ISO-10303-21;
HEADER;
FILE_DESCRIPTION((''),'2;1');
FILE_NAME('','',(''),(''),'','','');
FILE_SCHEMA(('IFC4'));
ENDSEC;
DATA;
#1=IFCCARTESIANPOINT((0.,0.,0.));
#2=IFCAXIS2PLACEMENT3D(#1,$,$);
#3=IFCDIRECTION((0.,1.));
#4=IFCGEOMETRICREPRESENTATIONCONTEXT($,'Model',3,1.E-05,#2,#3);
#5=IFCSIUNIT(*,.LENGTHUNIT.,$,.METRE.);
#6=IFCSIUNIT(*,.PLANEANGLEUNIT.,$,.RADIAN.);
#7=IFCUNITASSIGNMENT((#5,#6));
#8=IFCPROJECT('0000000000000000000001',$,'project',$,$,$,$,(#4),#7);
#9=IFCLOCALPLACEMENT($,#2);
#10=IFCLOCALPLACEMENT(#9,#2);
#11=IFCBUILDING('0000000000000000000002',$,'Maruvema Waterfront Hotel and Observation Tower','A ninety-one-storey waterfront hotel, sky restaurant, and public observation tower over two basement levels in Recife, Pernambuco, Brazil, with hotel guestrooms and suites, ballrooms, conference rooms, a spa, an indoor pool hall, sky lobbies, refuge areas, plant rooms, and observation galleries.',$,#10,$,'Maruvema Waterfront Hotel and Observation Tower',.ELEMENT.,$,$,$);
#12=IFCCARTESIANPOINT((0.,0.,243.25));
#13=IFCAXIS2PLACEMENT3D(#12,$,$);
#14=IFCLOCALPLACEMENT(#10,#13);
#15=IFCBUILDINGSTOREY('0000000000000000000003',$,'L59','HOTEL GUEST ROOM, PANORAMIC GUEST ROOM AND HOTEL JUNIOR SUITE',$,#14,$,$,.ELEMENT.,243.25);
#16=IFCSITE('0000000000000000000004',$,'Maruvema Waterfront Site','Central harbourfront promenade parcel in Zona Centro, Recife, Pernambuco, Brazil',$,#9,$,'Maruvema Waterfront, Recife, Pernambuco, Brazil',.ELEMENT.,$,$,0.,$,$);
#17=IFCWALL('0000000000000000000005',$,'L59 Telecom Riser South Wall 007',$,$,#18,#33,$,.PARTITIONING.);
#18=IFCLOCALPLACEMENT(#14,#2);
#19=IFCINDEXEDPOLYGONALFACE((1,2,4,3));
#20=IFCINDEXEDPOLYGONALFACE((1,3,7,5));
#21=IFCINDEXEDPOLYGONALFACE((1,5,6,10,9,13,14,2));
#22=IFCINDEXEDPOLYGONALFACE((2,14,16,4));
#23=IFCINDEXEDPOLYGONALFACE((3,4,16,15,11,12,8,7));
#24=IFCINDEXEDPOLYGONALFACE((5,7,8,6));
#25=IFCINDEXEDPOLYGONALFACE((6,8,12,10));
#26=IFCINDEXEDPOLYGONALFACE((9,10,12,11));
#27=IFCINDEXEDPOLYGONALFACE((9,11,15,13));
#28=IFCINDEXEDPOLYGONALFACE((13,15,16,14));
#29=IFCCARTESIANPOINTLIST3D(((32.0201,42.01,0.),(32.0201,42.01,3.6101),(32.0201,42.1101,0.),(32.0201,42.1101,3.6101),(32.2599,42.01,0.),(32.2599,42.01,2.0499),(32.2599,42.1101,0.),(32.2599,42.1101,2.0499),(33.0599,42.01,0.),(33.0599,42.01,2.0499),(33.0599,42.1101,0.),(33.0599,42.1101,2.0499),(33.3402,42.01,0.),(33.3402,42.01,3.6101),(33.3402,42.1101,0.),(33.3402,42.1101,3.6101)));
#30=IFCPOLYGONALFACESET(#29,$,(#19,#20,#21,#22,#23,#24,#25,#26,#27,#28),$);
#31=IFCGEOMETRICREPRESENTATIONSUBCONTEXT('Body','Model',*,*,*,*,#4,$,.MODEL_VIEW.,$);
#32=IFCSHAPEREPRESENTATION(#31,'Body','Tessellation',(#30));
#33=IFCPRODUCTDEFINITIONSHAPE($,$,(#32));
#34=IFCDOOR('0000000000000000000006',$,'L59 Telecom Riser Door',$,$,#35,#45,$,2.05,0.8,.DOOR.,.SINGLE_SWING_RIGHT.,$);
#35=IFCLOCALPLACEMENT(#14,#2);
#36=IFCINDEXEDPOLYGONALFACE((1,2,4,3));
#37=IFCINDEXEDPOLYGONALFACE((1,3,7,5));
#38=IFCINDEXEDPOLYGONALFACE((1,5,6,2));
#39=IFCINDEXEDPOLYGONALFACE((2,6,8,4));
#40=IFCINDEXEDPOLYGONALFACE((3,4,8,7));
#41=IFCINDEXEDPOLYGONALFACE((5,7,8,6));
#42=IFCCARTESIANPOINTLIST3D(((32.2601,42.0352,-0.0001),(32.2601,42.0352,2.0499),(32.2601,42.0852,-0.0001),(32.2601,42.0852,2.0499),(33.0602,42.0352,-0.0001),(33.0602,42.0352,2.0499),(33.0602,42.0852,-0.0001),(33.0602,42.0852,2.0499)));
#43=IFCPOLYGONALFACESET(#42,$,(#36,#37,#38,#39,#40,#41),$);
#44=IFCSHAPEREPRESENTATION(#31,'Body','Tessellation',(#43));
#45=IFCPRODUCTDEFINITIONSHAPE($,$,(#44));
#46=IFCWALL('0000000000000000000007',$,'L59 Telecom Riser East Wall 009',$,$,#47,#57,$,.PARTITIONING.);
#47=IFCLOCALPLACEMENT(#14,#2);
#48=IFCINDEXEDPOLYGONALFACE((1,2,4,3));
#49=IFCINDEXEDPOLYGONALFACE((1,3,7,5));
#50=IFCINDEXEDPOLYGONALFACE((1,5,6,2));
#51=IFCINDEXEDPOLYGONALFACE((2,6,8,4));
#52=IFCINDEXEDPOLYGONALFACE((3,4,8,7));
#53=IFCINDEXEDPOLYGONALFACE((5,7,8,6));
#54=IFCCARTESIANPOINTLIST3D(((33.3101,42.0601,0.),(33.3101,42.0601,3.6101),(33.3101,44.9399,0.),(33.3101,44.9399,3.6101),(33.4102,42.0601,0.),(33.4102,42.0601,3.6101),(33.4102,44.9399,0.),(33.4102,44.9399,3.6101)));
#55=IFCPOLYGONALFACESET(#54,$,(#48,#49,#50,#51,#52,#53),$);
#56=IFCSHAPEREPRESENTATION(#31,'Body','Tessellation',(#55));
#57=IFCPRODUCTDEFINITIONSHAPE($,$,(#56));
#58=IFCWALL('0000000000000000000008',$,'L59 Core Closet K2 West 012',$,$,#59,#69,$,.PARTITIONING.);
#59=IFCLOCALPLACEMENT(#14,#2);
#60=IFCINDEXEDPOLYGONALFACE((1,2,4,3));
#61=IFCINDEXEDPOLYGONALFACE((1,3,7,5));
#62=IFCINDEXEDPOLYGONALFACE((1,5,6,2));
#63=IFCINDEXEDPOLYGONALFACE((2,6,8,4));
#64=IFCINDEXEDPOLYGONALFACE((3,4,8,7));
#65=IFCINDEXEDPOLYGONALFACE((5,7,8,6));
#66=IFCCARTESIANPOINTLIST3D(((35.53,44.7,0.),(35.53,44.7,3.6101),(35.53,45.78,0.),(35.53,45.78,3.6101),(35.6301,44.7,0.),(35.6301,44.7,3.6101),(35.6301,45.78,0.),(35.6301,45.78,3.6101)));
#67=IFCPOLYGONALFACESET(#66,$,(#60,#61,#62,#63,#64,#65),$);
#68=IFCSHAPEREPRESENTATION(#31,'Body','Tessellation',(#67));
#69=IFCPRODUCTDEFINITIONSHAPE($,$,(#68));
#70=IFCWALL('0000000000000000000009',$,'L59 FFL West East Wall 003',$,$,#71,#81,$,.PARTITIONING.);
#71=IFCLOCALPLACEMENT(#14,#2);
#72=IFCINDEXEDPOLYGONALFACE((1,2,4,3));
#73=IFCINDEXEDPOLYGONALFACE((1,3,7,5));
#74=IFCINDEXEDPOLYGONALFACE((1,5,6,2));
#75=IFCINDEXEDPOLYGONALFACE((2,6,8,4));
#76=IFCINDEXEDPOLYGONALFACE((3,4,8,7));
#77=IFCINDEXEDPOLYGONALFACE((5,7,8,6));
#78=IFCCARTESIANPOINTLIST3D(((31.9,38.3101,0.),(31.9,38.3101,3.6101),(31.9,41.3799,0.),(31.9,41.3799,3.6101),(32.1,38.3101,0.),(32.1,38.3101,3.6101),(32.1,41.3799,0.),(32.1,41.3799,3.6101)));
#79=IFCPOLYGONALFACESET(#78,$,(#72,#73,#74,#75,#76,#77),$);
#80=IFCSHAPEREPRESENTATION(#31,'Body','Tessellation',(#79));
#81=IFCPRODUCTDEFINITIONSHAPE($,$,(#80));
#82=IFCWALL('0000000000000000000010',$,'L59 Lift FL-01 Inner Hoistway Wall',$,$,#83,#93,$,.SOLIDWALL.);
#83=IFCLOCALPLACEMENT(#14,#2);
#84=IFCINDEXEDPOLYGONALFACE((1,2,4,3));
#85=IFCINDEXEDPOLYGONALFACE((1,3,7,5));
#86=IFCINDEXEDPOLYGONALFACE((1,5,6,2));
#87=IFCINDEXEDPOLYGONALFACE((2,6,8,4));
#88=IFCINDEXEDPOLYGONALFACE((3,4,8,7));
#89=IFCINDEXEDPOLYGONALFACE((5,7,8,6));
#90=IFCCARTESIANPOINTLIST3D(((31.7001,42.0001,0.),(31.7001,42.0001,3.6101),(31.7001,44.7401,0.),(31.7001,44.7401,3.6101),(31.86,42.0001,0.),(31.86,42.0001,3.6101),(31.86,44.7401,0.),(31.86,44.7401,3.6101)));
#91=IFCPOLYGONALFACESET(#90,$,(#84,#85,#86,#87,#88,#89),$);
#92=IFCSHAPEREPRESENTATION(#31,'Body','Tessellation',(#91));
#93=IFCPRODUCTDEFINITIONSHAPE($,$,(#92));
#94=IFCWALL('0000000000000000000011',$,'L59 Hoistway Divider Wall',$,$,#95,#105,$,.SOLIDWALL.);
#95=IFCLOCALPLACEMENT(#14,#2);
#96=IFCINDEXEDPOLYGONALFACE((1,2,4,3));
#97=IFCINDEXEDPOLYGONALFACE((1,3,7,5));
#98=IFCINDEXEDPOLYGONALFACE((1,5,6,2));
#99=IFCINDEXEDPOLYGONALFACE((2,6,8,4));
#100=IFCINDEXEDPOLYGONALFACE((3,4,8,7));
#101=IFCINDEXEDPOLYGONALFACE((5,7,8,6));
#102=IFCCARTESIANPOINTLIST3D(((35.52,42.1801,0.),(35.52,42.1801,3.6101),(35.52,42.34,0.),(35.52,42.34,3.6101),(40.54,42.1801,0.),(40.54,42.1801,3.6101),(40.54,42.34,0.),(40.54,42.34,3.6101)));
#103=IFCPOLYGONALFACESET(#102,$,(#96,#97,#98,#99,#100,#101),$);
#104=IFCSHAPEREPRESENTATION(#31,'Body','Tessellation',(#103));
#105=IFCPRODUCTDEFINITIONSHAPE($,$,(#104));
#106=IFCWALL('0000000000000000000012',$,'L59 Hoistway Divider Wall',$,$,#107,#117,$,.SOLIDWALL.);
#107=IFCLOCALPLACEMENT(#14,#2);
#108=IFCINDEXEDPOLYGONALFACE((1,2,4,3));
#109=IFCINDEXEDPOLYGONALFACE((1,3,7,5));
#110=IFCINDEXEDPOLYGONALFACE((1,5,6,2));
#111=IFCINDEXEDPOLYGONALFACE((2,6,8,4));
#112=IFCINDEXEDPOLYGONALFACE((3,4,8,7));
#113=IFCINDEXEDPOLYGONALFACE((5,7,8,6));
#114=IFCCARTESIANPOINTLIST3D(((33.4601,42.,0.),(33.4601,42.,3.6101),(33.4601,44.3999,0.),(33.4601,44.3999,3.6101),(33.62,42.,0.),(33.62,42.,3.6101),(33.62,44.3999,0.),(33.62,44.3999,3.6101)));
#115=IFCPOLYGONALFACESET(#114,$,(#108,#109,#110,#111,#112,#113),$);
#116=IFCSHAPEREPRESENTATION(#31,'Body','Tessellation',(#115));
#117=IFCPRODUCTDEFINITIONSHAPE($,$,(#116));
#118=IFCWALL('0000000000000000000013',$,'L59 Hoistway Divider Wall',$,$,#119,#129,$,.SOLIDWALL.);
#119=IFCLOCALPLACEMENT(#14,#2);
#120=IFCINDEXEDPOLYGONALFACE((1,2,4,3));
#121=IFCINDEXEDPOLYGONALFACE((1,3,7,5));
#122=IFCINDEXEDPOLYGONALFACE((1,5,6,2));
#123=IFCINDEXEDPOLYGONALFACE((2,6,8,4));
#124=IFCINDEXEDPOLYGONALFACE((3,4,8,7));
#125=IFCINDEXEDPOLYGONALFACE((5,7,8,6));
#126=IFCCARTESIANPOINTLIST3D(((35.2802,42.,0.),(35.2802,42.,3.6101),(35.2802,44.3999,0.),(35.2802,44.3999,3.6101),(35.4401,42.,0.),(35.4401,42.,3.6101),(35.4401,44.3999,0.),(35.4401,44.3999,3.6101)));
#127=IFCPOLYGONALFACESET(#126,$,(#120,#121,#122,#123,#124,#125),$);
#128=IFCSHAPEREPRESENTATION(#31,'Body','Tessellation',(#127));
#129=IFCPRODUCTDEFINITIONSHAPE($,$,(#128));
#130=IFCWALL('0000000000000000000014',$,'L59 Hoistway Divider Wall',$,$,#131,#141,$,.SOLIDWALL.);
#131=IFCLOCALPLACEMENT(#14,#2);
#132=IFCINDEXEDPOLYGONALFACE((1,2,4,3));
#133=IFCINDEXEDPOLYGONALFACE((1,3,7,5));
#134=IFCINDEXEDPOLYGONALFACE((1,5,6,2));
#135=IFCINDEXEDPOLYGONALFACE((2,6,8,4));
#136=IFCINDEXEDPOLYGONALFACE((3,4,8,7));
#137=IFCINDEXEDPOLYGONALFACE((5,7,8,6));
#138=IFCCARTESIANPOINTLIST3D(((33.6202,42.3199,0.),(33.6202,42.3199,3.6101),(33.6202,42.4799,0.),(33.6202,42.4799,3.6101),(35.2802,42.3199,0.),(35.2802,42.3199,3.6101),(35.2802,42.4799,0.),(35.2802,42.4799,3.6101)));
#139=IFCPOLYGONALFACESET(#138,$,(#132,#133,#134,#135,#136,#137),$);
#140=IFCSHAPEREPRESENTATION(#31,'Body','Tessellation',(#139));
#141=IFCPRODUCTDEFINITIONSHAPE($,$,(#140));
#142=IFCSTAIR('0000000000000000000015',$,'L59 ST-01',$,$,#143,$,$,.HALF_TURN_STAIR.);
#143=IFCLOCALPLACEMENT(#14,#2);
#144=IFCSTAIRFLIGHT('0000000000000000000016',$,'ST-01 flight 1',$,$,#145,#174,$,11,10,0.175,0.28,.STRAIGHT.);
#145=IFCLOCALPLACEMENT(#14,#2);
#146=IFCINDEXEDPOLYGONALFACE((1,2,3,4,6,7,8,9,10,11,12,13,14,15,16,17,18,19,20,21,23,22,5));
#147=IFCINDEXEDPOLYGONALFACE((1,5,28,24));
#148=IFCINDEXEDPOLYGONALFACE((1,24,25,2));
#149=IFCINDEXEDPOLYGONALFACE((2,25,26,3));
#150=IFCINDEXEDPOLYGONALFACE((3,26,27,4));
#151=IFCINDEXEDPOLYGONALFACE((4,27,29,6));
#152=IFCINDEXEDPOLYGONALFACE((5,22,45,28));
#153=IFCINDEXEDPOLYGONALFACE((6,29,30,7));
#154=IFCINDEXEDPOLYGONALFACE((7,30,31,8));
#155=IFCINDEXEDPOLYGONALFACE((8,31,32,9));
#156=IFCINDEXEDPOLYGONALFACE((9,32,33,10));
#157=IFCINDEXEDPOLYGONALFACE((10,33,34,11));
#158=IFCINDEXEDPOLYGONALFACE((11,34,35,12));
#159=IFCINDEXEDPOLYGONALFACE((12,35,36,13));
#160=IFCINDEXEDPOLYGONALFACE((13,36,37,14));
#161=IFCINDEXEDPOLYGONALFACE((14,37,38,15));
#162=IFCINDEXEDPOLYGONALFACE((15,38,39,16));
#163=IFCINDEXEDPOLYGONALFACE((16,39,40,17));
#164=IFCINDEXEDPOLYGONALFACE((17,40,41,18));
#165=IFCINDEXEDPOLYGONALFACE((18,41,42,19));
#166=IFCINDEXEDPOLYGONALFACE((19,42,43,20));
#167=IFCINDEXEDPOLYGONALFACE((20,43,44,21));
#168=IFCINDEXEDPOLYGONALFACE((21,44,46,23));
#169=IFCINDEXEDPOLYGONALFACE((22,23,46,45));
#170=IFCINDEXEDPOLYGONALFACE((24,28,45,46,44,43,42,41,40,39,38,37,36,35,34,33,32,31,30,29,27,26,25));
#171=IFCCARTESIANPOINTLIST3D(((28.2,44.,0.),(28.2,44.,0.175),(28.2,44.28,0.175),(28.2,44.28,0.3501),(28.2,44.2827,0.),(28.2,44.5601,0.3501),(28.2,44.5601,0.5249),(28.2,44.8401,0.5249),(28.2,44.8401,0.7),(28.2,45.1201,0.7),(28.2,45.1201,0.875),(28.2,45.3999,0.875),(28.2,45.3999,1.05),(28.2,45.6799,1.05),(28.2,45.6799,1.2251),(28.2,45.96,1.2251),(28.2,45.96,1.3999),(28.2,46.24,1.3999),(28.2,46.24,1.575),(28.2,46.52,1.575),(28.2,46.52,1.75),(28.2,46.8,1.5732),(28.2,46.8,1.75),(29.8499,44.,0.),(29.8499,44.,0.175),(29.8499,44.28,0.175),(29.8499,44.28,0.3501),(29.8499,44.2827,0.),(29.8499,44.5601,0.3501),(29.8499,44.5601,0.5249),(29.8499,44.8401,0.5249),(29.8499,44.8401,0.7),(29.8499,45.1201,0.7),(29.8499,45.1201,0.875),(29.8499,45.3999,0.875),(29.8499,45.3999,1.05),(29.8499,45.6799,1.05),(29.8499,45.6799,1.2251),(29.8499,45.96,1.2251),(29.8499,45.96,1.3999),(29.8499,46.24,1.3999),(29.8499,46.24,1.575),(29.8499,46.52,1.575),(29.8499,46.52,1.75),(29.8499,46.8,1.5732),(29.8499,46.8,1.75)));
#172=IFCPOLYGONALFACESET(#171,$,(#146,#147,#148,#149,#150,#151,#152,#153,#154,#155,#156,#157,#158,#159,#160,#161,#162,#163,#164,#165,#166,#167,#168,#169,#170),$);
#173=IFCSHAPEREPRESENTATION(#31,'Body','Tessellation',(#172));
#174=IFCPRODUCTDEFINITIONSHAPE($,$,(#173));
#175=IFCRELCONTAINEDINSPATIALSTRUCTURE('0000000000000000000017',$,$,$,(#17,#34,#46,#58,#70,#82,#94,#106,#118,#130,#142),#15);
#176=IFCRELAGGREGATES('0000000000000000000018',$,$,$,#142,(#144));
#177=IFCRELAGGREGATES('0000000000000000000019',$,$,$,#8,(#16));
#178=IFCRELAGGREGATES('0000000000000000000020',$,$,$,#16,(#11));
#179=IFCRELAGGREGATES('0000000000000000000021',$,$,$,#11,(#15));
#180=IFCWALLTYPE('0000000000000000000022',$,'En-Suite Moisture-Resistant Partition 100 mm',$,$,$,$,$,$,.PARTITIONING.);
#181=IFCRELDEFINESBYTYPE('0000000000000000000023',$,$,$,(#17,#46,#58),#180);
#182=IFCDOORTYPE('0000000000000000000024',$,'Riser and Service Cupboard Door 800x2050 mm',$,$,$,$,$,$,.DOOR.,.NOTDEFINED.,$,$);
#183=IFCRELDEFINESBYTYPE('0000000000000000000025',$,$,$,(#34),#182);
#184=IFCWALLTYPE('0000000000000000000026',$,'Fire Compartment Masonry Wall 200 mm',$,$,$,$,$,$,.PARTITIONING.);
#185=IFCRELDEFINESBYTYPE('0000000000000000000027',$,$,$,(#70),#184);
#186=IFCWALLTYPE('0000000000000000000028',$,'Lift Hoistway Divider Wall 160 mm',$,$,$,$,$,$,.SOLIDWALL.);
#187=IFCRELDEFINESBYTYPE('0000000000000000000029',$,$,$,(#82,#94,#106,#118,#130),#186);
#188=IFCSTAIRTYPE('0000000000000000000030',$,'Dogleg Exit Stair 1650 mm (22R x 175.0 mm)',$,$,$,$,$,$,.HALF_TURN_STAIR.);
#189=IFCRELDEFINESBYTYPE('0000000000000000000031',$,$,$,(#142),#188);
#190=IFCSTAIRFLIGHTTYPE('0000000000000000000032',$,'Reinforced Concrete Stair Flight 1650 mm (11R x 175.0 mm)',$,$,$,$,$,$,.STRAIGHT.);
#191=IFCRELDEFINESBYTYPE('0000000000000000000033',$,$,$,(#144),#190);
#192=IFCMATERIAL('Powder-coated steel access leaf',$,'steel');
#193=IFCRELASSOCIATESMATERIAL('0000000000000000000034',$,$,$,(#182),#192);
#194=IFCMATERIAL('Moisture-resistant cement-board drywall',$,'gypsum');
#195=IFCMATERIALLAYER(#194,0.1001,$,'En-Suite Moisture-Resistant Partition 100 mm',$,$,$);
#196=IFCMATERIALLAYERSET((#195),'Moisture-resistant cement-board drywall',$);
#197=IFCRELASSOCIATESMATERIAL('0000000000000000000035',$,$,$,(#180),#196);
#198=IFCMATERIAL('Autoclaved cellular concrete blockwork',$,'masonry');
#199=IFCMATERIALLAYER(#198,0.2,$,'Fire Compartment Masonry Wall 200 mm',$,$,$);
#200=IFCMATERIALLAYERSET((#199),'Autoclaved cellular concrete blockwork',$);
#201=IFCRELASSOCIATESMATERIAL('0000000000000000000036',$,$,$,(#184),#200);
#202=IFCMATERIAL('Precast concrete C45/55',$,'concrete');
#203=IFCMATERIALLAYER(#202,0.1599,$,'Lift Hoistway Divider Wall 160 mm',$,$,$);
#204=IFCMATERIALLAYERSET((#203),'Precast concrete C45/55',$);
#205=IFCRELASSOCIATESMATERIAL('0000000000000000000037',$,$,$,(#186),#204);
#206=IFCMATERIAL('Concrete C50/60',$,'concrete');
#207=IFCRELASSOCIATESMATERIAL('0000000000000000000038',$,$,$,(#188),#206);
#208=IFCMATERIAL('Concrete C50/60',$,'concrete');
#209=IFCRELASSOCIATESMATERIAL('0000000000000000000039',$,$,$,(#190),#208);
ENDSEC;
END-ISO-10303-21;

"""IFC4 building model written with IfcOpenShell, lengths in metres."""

from ifc_helpers import new_model, si_unit, direction, frame, frame_2d, origin, place, context, subcontext, project, spatial, polyline, rectangle, outline, extrude, material, layer, layer_set, type_object, element, fill, aggregate, save


model = new_model("IFC4")

# Units and contexts
model_context = context("Model", 3, precision=1e-05, world=origin(), true_north=direction((0.0, 1.0)))
body_context = subcontext(model_context, "Body", "Model", "MODEL_VIEW")
ifc_project = project(units=[si_unit("LENGTHUNIT", "METRE"), si_unit("PLANEANGLEUNIT", "RADIAN")], contexts=[model_context])

# Site, building, storey
site_placement = place(None, origin())
site = spatial("IfcSite", under=ifc_project, at=site_placement, Name="Maruvema Waterfront Site", Description="Central harbourfront promenade parcel in Zona Centro, Recife, Pernambuco, Brazil", LongName="Maruvema Waterfront, Recife, Pernambuco, Brazil", CompositionType="ELEMENT", RefElevation=0.0)
building_placement = place(site_placement, origin())
building = spatial("IfcBuilding", under=site, at=building_placement, Name="Maruvema Waterfront Hotel and Observation Tower", Description="A ninety-one-storey waterfront hotel, sky restaurant, and public observation tower over two basement levels in Recife, Pernambuco, Brazil, with hotel guestrooms and suites, ballrooms, conference rooms, a spa, an indoor pool hall, sky lobbies, refuge areas, plant rooms, and observation galleries.", LongName="Maruvema Waterfront Hotel and Observation Tower", CompositionType="ELEMENT")
storey_placement = place(building_placement, frame((0.0, 0.0, 243.25)))
storey = spatial("IfcBuildingStorey", under=building, at=storey_placement, Name="L59", Description="HOTEL GUEST ROOM, PANORAMIC GUEST ROOM AND HOTEL JUNIOR SUITE", CompositionType="ELEMENT", Elevation=243.25)

# Shared definitions
ifc_material_1 = material(Name="Powder-coated steel access leaf", Category="steel")
door_type_1 = type_object("IfcDoorType", Name="Riser and Service Cupboard Door 800x2050 mm", OperationType="NOTDEFINED", PredefinedType="DOOR", material=ifc_material_1)

# Wall, opening, door
ifc_material_2 = material(Name="Moisture-resistant cement-board drywall", Category="gypsum")
ifc_layer_1 = layer(ifc_material_2, 0.1001, Name="En-Suite Moisture-Resistant Partition 100 mm")
ifc_layer_set_1 = layer_set([ifc_layer_1], Name="Moisture-resistant cement-board drywall")
wall_type_1 = type_object("IfcWallType", Name="En-Suite Moisture-Resistant Partition 100 mm", PredefinedType="PARTITIONING", material=ifc_layer_set_1)
wall_1_placement = place(storey_placement, frame((32.02, 42.0601, 0.0), z_axis=(0.0, 0.0, 1.0), x_axis=(1.0, 0.0, 0.0)))
wall_1 = element("IfcWall", 1, at=wall_1_placement, inside=storey, type_object=wall_type_1, Name="L59 Telecom Riser South Wall 007", PredefinedType="PARTITIONING", context=body_context, shape_type="SweptSolid", body=[
    extrude(rectangle(XDim=1.3201, YDim=0.1001, at=frame_2d((0.6602, 0.0))), origin(), (0.0, 0.0, 1.0), 3.6101),
])
opening_1_placement = place(wall_1_placement, frame((0.24, 0.0, 0.0)))
opening_1 = element("IfcOpeningElement", 2, at=opening_1_placement, cuts=wall_1, PredefinedType="OPENING", context=body_context, shape_type="SweptSolid", body=[
    extrude(rectangle(XDim=0.8, YDim=2.05, at=frame_2d((0.3999, 1.0249))), frame((0.0, 0.0601, 0.0), z_axis=(0.0, -1.0, 0.0), x_axis=(1.0, 0.0, 0.0)), (0.0, 0.0, 1.0), 0.1201),
])
door_1_placement = place(opening_1_placement, frame((0.8, 0.0, 0.0), z_axis=(0.0, 0.0, 1.0), x_axis=(-1.0, 0.0, 0.0)))
door_1 = element("IfcDoor", 3, at=door_1_placement, inside=storey, type_object=door_type_1, Name="L59 Telecom Riser Door", OperationType="SINGLE_SWING_RIGHT", OverallHeight=2.05, OverallWidth=0.8, PredefinedType="DOOR", context=body_context, shape_type="SweptSolid", body=[
    extrude(rectangle(XDim=0.8, YDim=2.05, at=frame_2d((0.3999, 1.0249))), frame((0.0, 0.0249, 0.0), z_axis=(0.0, -1.0, 0.0), x_axis=(1.0, 0.0, 0.0)), (0.0, 0.0, 1.0), 0.05),
])
fill(opening_1, door_1)

# Walls
wall_2_placement = place(storey_placement, frame((33.3601, 42.0601, 0.0), z_axis=(0.0, 0.0, 1.0), x_axis=(0.0, 1.0, 0.0)))
element("IfcWall", 4, at=wall_2_placement, inside=storey, type_object=wall_type_1, Name="L59 Telecom Riser East Wall 009", PredefinedType="PARTITIONING", context=body_context, shape_type="SweptSolid", body=[
    extrude(rectangle(XDim=2.8799, YDim=0.1001, at=frame_2d((1.4399, 0.0))), origin(), (0.0, 0.0, 1.0), 3.6101),
])
wall_3_placement = place(storey_placement, frame((35.5801, 44.7, 0.0), z_axis=(0.0, 0.0, 1.0), x_axis=(0.0, 1.0, 0.0)))
element("IfcWall", 5, at=wall_3_placement, inside=storey, type_object=wall_type_1, Name="L59 Core Closet K2 West 012", PredefinedType="PARTITIONING", context=body_context, shape_type="SweptSolid", body=[
    extrude(rectangle(XDim=1.0801, YDim=0.1001, at=frame_2d((0.54, 0.0))), origin(), (0.0, 0.0, 1.0), 3.6101),
])
ifc_material_3 = material(Name="Autoclaved cellular concrete blockwork", Category="masonry")
ifc_layer_2 = layer(ifc_material_3, 0.2, Name="Fire Compartment Masonry Wall 200 mm")
ifc_layer_set_2 = layer_set([ifc_layer_2], Name="Autoclaved cellular concrete blockwork")
wall_type_2 = type_object("IfcWallType", Name="Fire Compartment Masonry Wall 200 mm", PredefinedType="PARTITIONING", material=ifc_layer_set_2)
wall_4_placement = place(storey_placement, frame((32.0, 38.3101, 0.0), z_axis=(0.0, 0.0, 1.0), x_axis=(0.0, 1.0, 0.0)))
element("IfcWall", 6, at=wall_4_placement, inside=storey, type_object=wall_type_2, Name="L59 FFL West East Wall 003", PredefinedType="PARTITIONING", context=body_context, shape_type="SweptSolid", body=[
    extrude(rectangle(XDim=3.0698, YDim=0.2, at=frame_2d((1.5349, 0.0))), origin(), (0.0, 0.0, 1.0), 3.6101),
])
ifc_material_4 = material(Name="Precast concrete C45/55", Category="concrete")
ifc_layer_3 = layer(ifc_material_4, 0.1599, Name="Lift Hoistway Divider Wall 160 mm")
ifc_layer_set_3 = layer_set([ifc_layer_3], Name="Precast concrete C45/55")
wall_type_3 = type_object("IfcWallType", Name="Lift Hoistway Divider Wall 160 mm", PredefinedType="SOLIDWALL", material=ifc_layer_set_3)
wall_5_placement = place(storey_placement, frame((31.78, 42.0, 0.0), z_axis=(0.0, 0.0, 1.0), x_axis=(0.0, 1.0, 0.0)))
element("IfcWall", 7, at=wall_5_placement, inside=storey, type_object=wall_type_3, Name="L59 Lift FL-01 Inner Hoistway Wall", PredefinedType="SOLIDWALL", context=body_context, shape_type="SweptSolid", body=[
    extrude(rectangle(XDim=2.74, YDim=0.1599, at=frame_2d((1.3701, 0.0))), origin(), (0.0, 0.0, 1.0), 3.6101),
])
wall_6_placement = place(storey_placement, frame((35.52, 42.26, 0.0), z_axis=(0.0, 0.0, 1.0), x_axis=(1.0, 0.0, 0.0)))
element("IfcWall", 8, at=wall_6_placement, inside=storey, type_object=wall_type_3, Name="L59 Hoistway Divider Wall", PredefinedType="SOLIDWALL", context=body_context, shape_type="SweptSolid", body=[
    extrude(rectangle(XDim=5.02, YDim=0.1599, at=frame_2d((2.51, 0.0))), origin(), (0.0, 0.0, 1.0), 3.6101),
])
for number, where, z_axis, x_axis, name in (
    (9, (33.54, 42.0, 0.0), (0.0, 0.0, 1.0), (0.0, 1.0, 0.0), "L59 Hoistway Divider Wall"),
    (10, (35.3601, 42.0, 0.0), (0.0, 0.0, 1.0), (0.0, 1.0, 0.0), "L59 Hoistway Divider Wall"),
):
    element("IfcWall", number, at=place(storey_placement, frame(where, z_axis=z_axis, x_axis=x_axis)), inside=storey, type_object=wall_type_3, Name=name, PredefinedType="SOLIDWALL", context=body_context, shape_type="SweptSolid", body=[
        extrude(rectangle(XDim=2.3999, YDim=0.1599, at=frame_2d((1.2, 0.0))), origin(), (0.0, 0.0, 1.0), 3.6101),
    ])
wall_7_placement = place(storey_placement, frame((33.6201, 42.3999, 0.0), z_axis=(0.0, 0.0, 1.0), x_axis=(1.0, 0.0, 0.0)))
element("IfcWall", 11, at=wall_7_placement, inside=storey, type_object=wall_type_3, Name="L59 Hoistway Divider Wall", PredefinedType="SOLIDWALL", context=body_context, shape_type="SweptSolid", body=[
    extrude(rectangle(XDim=1.6599, YDim=0.1599, at=frame_2d((0.8301, 0.0))), origin(), (0.0, 0.0, 1.0), 3.6101),
])

# Stair, stair flight
ifc_material_5 = material(Name="Concrete C50/60", Category="concrete")
stair_type = type_object("IfcStairType", Name="Dogleg Exit Stair 1650 mm (22R x 175.0 mm)", PredefinedType="HALF_TURN_STAIR", material=ifc_material_5)
stair_placement = place(storey_placement, origin())
stair = element("IfcStair", 12, at=stair_placement, inside=storey, type_object=stair_type, Name="L59 ST-01", PredefinedType="HALF_TURN_STAIR")
ifc_material_6 = material(Name="Concrete C50/60", Category="concrete")
stair_flight_type = type_object("IfcStairFlightType", Name="Reinforced Concrete Stair Flight 1650 mm (11R x 175.0 mm)", PredefinedType="STRAIGHT", material=ifc_material_6)
stair_flight_placement = place(storey_placement, frame((29.0249, 44.0, 0.0), z_axis=(0.0, 0.0, 1.0), x_axis=(0.0, 1.0, 0.0)))
stair_flight = element("IfcStairFlight", 13, at=stair_flight_placement, type_object=stair_flight_type, Name="ST-01 flight 1", NumberOfRisers=11, NumberOfTreads=10, PredefinedType="STRAIGHT", RiserHeight=0.175, TreadLength=0.28, context=body_context, shape_type="SweptSolid", body=[
    extrude(outline(polyline([(0.0, 0.0), (0.0, 0.175), (0.28, 0.175), (0.28, 0.3501), (0.5601, 0.3501), (0.5601, 0.5249), (0.8401, 0.5249), (0.8401, 0.7), (1.1201, 0.7), (1.1201, 0.875), (1.3999, 0.875), (1.3999, 1.05), (1.6799, 1.05), (1.6799, 1.2251), (1.96, 1.2251), (1.96, 1.3999), (2.24, 1.3999), (2.24, 1.575), (2.52, 1.575), (2.52, 1.75), (2.8, 1.75), (2.8, 1.925), (2.8, 1.5732), (0.2827, 0.0), (0.0, 0.0)])), frame((0.0, 0.825, 0.0), z_axis=(0.0, -1.0, 0.0), x_axis=(1.0, 0.0, 0.0)), (0.0, 0.0, 1.0), 1.6499),
])
aggregate(stair, [stair_flight])

save(model, "model.ifc")
